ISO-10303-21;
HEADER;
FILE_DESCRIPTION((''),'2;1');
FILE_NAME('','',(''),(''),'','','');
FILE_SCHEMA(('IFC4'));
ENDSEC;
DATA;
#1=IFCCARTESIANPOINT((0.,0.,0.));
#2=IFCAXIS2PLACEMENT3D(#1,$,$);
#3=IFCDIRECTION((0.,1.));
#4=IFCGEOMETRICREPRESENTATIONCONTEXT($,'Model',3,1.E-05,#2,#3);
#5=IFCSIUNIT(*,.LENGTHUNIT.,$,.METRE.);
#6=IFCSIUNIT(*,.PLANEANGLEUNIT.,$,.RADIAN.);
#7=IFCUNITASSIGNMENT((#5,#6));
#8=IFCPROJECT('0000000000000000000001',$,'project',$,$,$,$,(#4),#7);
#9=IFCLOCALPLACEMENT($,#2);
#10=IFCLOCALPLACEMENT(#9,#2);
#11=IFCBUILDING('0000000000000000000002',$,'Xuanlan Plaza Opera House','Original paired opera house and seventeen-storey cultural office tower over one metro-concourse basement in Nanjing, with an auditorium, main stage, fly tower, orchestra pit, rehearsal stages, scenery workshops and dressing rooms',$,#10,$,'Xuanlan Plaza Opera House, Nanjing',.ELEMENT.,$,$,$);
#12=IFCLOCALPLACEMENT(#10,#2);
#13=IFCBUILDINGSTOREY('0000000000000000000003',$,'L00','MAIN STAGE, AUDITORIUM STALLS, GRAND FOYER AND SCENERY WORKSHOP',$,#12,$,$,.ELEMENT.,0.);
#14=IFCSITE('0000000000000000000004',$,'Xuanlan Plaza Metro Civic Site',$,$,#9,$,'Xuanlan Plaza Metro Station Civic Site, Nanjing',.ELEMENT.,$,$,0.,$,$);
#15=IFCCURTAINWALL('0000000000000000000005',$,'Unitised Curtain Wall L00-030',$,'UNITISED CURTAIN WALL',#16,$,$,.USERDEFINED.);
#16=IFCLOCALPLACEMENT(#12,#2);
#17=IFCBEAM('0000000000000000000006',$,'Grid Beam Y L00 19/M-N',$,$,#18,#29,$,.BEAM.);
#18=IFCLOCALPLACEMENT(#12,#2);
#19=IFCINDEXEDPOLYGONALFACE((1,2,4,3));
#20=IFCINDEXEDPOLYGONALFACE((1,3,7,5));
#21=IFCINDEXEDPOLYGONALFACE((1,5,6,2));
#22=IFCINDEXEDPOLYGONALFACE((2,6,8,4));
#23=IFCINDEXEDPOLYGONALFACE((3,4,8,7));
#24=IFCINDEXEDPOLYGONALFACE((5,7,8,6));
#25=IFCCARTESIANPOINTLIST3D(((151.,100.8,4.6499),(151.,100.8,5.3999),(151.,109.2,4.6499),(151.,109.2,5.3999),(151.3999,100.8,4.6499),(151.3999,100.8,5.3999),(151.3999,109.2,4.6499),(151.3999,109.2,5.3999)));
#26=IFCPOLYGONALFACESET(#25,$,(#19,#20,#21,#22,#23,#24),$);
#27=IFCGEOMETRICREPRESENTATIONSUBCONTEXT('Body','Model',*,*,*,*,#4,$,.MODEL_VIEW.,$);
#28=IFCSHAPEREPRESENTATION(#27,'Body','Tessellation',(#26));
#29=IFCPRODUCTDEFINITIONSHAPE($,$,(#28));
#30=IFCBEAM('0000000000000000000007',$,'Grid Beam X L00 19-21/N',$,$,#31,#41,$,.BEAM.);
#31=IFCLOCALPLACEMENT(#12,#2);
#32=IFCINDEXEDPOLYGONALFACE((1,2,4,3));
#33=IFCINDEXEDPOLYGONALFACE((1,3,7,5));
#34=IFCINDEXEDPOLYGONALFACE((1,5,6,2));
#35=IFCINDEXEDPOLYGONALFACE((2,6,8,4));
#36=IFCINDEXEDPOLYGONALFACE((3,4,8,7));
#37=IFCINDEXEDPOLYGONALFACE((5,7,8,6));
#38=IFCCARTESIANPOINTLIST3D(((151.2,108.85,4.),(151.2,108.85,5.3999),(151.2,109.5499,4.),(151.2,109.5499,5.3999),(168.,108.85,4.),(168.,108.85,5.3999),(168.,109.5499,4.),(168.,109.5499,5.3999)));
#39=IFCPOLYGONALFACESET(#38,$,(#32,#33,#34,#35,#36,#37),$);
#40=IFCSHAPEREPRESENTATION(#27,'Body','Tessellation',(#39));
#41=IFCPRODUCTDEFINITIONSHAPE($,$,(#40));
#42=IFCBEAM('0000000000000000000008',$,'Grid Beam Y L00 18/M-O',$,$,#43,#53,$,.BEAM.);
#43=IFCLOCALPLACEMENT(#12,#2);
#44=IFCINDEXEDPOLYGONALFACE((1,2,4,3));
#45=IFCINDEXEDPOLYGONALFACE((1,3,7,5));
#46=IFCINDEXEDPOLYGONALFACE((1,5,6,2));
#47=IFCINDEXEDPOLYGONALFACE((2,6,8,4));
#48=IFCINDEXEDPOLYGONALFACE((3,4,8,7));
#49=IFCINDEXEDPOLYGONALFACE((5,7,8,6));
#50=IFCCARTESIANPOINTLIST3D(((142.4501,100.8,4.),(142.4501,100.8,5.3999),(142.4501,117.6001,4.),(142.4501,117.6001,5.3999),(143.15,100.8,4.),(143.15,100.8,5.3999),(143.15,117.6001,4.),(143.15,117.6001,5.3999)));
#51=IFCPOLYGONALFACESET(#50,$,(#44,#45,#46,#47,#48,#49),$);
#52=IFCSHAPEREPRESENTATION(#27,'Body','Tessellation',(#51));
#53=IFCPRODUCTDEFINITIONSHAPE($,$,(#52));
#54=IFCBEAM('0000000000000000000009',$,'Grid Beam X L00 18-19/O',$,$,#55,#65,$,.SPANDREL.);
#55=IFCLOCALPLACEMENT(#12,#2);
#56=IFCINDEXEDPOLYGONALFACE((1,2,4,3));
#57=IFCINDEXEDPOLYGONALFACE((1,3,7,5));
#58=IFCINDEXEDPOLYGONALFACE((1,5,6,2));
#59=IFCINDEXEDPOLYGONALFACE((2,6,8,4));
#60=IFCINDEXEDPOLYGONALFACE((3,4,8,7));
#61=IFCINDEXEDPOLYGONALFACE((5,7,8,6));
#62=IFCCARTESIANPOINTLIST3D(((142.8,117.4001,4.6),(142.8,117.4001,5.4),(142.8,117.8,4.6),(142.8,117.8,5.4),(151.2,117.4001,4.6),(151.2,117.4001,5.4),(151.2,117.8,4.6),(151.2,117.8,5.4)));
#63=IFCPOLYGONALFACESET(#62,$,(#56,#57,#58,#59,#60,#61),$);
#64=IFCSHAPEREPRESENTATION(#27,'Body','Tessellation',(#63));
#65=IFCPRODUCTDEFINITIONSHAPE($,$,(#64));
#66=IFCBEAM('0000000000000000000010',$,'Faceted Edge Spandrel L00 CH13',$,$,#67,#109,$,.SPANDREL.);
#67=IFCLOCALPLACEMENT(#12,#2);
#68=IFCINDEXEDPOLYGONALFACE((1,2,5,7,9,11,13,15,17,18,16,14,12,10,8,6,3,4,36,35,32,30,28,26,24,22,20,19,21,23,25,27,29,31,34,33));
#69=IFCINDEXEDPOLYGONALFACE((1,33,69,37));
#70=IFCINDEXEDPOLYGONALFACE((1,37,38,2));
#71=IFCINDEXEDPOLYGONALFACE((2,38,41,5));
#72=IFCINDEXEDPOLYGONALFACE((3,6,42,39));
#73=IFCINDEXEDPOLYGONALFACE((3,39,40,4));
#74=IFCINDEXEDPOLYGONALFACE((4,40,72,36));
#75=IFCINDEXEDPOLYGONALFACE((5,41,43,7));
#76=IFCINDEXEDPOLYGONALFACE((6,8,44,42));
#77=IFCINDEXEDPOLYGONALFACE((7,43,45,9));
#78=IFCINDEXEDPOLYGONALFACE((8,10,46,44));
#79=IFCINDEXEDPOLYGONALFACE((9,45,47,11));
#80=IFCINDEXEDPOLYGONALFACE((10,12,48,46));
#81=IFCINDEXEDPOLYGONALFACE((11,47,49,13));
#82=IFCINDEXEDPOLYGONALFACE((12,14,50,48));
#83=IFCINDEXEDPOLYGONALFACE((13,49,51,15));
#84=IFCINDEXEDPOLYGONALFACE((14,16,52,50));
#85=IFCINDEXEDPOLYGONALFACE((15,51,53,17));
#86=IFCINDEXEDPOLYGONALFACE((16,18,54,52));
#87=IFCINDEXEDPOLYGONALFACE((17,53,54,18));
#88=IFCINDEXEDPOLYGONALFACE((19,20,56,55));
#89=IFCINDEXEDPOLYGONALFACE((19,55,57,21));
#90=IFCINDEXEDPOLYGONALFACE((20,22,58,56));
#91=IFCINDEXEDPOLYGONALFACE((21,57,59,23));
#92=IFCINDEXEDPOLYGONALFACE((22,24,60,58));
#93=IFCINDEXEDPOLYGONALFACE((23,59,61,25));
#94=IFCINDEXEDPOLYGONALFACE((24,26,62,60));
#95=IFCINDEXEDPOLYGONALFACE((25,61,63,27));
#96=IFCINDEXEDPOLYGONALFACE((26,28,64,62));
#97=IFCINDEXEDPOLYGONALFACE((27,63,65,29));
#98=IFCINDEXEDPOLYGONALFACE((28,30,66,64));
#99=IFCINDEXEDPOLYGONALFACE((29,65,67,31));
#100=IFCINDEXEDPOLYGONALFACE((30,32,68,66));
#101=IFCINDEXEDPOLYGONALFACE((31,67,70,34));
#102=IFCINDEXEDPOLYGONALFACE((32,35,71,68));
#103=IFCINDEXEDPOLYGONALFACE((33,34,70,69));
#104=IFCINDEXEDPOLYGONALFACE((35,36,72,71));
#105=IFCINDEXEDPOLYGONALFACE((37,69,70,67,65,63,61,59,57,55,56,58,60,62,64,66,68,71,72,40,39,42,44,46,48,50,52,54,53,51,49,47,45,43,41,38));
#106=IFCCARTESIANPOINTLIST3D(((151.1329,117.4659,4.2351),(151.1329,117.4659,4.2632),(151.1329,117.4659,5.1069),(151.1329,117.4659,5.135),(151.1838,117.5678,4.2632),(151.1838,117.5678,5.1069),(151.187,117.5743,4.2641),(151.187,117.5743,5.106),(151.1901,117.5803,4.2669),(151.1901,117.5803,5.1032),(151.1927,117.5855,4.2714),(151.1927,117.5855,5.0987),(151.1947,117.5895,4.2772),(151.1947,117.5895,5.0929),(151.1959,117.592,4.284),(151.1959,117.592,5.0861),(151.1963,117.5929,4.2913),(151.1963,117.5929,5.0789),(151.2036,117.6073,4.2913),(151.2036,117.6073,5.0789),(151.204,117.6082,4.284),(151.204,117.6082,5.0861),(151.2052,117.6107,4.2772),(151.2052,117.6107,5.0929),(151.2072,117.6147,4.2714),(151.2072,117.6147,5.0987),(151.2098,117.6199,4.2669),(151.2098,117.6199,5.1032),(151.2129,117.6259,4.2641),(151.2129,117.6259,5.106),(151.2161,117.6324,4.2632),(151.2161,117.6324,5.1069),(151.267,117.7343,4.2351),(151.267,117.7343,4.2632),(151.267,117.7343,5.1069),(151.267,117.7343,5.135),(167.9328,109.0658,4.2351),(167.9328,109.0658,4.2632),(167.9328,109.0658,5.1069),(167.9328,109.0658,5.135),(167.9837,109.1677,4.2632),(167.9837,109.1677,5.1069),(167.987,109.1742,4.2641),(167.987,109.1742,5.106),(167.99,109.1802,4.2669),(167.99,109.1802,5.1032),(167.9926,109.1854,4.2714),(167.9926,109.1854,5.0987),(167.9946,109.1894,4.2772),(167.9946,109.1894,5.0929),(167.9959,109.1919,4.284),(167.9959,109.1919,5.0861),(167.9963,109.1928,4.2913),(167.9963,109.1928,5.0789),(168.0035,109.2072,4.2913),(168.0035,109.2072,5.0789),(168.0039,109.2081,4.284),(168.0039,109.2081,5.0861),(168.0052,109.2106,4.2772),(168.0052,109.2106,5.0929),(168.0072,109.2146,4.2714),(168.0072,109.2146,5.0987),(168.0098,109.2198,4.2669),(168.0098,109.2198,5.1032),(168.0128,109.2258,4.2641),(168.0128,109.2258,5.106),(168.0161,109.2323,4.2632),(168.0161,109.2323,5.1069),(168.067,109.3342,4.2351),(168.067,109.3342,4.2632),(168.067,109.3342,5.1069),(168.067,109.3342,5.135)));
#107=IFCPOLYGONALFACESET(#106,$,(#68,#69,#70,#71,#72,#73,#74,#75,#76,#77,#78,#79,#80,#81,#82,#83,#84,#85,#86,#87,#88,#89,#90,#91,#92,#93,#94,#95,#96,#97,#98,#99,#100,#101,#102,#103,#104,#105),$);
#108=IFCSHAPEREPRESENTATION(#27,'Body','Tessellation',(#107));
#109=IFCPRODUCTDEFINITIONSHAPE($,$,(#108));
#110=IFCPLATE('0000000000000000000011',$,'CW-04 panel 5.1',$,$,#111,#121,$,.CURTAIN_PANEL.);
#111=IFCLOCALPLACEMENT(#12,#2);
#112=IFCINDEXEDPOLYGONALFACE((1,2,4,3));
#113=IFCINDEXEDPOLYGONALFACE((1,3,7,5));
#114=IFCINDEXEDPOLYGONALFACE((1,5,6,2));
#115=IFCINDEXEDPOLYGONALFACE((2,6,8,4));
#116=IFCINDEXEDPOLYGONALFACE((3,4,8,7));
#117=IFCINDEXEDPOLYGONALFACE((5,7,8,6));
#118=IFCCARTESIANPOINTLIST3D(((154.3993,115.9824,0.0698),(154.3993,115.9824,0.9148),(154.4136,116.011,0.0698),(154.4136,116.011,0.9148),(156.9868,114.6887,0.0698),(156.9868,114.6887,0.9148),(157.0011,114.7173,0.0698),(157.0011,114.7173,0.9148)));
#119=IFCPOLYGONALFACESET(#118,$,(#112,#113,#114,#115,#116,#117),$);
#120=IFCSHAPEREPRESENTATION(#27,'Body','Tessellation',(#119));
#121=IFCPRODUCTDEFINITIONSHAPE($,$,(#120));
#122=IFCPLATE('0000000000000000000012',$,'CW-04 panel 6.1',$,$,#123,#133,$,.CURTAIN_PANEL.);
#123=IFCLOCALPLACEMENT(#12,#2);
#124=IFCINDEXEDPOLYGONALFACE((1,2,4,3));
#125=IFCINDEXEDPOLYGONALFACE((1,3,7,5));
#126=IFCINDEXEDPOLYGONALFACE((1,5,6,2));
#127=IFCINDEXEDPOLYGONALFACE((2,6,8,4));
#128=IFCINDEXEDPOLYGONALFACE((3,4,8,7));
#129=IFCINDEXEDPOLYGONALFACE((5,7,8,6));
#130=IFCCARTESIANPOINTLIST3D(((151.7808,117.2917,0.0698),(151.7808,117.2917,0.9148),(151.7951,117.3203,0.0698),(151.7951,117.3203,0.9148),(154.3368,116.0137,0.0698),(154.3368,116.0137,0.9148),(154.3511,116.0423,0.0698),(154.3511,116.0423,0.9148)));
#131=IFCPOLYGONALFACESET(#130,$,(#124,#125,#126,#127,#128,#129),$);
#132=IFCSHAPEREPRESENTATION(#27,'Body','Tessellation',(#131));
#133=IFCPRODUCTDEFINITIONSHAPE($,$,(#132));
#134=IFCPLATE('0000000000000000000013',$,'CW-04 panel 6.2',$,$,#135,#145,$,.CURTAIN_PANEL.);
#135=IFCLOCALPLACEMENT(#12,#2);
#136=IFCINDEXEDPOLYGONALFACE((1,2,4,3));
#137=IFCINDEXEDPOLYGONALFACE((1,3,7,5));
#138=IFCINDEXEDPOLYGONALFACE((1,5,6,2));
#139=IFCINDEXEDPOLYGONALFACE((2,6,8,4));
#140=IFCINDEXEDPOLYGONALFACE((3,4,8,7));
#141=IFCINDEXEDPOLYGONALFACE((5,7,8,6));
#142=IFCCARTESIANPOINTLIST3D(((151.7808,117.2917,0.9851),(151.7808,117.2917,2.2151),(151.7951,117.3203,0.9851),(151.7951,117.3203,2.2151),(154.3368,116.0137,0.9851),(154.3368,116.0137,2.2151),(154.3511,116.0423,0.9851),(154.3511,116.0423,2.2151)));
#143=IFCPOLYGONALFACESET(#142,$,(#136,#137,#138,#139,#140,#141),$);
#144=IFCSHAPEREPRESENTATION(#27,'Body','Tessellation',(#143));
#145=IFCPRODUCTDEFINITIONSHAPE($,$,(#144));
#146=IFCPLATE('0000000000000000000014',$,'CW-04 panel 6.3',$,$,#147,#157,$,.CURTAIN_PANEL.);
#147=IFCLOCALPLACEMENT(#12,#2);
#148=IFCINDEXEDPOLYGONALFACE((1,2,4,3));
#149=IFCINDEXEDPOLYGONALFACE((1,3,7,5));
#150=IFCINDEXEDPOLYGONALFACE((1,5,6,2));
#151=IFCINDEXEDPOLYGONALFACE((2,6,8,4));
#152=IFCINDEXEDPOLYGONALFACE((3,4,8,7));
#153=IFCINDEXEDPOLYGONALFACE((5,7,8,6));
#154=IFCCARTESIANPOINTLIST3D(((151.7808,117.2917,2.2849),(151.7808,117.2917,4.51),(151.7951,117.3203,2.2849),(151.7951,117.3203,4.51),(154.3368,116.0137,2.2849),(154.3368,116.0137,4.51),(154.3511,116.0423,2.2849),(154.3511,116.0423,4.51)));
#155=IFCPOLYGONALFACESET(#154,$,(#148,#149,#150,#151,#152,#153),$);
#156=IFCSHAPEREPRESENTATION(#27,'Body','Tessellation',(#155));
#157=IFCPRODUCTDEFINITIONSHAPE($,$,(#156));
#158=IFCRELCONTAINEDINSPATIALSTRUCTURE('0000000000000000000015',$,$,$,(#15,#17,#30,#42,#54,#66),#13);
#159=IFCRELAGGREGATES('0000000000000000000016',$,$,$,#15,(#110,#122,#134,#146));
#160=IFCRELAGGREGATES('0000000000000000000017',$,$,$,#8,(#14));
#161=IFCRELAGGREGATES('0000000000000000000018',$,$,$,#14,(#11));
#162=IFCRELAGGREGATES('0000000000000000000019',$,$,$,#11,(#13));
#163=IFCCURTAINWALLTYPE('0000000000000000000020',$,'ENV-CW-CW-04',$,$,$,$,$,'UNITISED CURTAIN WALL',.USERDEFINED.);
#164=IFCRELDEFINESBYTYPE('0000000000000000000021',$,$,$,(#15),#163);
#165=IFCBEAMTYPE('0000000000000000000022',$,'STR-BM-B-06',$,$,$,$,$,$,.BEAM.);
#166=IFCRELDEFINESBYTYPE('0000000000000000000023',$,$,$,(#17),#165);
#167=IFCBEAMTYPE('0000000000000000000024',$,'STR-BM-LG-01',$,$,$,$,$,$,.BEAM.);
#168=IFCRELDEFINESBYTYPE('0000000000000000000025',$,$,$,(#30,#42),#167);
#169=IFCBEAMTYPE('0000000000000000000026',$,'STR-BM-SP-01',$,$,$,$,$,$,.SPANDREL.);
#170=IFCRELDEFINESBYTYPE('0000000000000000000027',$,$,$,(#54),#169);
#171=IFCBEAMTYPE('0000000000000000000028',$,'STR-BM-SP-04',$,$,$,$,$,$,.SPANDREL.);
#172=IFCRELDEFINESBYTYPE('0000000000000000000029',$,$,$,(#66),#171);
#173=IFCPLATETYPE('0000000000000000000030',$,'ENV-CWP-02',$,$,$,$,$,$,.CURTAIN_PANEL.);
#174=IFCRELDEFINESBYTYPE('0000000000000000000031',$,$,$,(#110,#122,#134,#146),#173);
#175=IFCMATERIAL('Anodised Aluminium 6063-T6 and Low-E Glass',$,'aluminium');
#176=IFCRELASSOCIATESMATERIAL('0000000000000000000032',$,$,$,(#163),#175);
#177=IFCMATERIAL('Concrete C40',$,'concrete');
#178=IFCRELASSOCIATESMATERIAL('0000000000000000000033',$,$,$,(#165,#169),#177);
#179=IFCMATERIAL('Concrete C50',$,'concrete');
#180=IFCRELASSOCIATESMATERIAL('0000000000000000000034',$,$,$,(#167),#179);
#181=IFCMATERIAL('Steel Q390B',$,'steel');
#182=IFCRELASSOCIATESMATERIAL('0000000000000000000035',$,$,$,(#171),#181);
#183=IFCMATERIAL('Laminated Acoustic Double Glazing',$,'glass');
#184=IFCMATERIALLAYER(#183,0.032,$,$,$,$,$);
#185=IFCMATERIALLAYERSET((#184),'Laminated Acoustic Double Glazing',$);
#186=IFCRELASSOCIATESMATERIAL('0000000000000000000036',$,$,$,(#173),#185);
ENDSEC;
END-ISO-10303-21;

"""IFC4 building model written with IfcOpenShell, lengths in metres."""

from ifc_helpers import new_model, si_unit, direction, frame, origin, origin_2d, place, context, subcontext, project, spatial, rectangle, i_section, extrude, material, layer, layer_set, material_profile, profile_set, type_object, element, aggregate, save


model = new_model("IFC4")

# Units and contexts
model_context = context("Model", 3, precision=1e-05, world=origin(), true_north=direction((0.0, 1.0)))
body_context = subcontext(model_context, "Body", "Model", "MODEL_VIEW")
ifc_project = project(units=[si_unit("LENGTHUNIT", "METRE"), si_unit("PLANEANGLEUNIT", "RADIAN")], contexts=[model_context])

# Site, building, storey
site_placement = place(None, origin())
site = spatial("IfcSite", under=ifc_project, at=site_placement, Name="Xuanlan Plaza Metro Civic Site", LongName="Xuanlan Plaza Metro Station Civic Site, Nanjing", CompositionType="ELEMENT", RefElevation=0.0)
building_placement = place(site_placement, origin())
building = spatial("IfcBuilding", under=site, at=building_placement, Name="Xuanlan Plaza Opera House", Description="Original paired opera house and seventeen-storey cultural office tower over one metro-concourse basement in Nanjing, with an auditorium, main stage, fly tower, orchestra pit, rehearsal stages, scenery workshops and dressing rooms", LongName="Xuanlan Plaza Opera House, Nanjing", CompositionType="ELEMENT")
storey_placement = place(building_placement, origin())
storey = spatial("IfcBuildingStorey", under=building, at=storey_placement, Name="L00", Description="MAIN STAGE, AUDITORIUM STALLS, GRAND FOYER AND SCENERY WORKSHOP", CompositionType="ELEMENT", Elevation=0.0)

# Shared definitions
ifc_material_1 = material(Name="Concrete C40", Category="concrete")

# Curtain wall
ifc_material_2 = material(Name="Anodised Aluminium 6063-T6 and Low-E Glass", Category="aluminium")
curtain_wall_type = type_object("IfcCurtainWallType", Name="ENV-CW-CW-04", ElementType="UNITISED CURTAIN WALL", PredefinedType="USERDEFINED", material=ifc_material_2)
curtain_wall_placement = place(storey_placement, origin())
curtain_wall = element("IfcCurtainWall", 1, at=curtain_wall_placement, inside=storey, type_object=curtain_wall_type, Name="Unitised Curtain Wall L00-030", ObjectType="UNITISED CURTAIN WALL", PredefinedType="USERDEFINED")

# Beams
ifc_material_3 = material(Name="Concrete C50", Category="concrete")
ifc_material_profile_1 = material_profile(ifc_material_1, rectangle(XDim=0.3999, YDim=0.75, at=origin_2d()), Name="RC-BM 400x750")
ifc_profile_set_1 = profile_set([ifc_material_profile_1], Name="Concrete C40")
beam_type_1 = type_object("IfcBeamType", Name="STR-BM-B-06", PredefinedType="BEAM", material=ifc_profile_set_1)
beam_1_placement = place(storey_placement, frame((151.2, 100.8, 5.0249), z_axis=(0.0, 1.0, 0.0), x_axis=(-1.0, 0.0, 0.0)))
element("IfcBeam", 2, at=beam_1_placement, inside=storey, type_object=beam_type_1, Name="Grid Beam Y L00 19/M-N", PredefinedType="BEAM", context=body_context, shape_type="SweptSolid", body=[
    extrude(rectangle(XDim=0.3999, YDim=0.75, at=origin_2d()), origin(), (0.0, 0.0, 1.0), 8.3999),
])
ifc_material_profile_2 = material_profile(ifc_material_3, rectangle(XDim=0.7, YDim=1.3999, at=origin_2d()), Name="RC-LG 700x1400")
ifc_profile_set_2 = profile_set([ifc_material_profile_2], Name="Concrete C50")
beam_type_2 = type_object("IfcBeamType", Name="STR-BM-LG-01", PredefinedType="BEAM", material=ifc_profile_set_2)
for number, where, z_axis, x_axis, name in (
    (3, (151.2, 109.2, 4.7), (1.0, 0.0, 0.0), (0.0, 1.0, 0.0), "Grid Beam X L00 19-21/N"),
    (4, (142.8, 100.8, 4.7), (0.0, 1.0, 0.0), (-1.0, 0.0, 0.0), "Grid Beam Y L00 18/M-O"),
):
    element("IfcBeam", number, at=place(storey_placement, frame(where, z_axis=z_axis, x_axis=x_axis)), inside=storey, type_object=beam_type_2, Name=name, PredefinedType="BEAM", context=body_context, shape_type="SweptSolid", body=[
        extrude(rectangle(XDim=0.7, YDim=1.3999, at=origin_2d()), origin(), (0.0, 0.0, 1.0), 16.8),
    ])
ifc_material_profile_3 = material_profile(ifc_material_1, rectangle(XDim=0.3999, YDim=0.8, at=origin_2d()), Name="RC-SPD 400x800")
ifc_profile_set_3 = profile_set([ifc_material_profile_3], Name="Concrete C40")
beam_type_3 = type_object("IfcBeamType", Name="STR-BM-SP-01", PredefinedType="SPANDREL", material=ifc_profile_set_3)
beam_2_placement = place(storey_placement, frame((142.8, 117.6001, 5.0), z_axis=(1.0, 0.0, 0.0), x_axis=(0.0, 1.0, 0.0)))
element("IfcBeam", 5, at=beam_2_placement, inside=storey, type_object=beam_type_3, Name="Grid Beam X L00 18-19/O", PredefinedType="SPANDREL", context=body_context, shape_type="SweptSolid", body=[
    extrude(rectangle(XDim=0.3999, YDim=0.8, at=origin_2d()), origin(), (0.0, 0.0, 1.0), 8.3999),
])
ifc_material_4 = material(Name="Steel Q390B", Category="steel")
ifc_material_profile_4 = material_profile(ifc_material_4, i_section(OverallWidth=0.3, OverallDepth=0.8999, WebThickness=0.0161, FlangeThickness=0.0281, FilletRadius=0.0281, at=origin_2d()), Name="HN 900x300x16x28")
ifc_profile_set_4 = profile_set([ifc_material_profile_4], Name="Steel Q390B")
beam_type_4 = type_object("IfcBeamType", Name="STR-BM-SP-04", PredefinedType="SPANDREL", material=ifc_profile_set_4)
beam_3_placement = place(storey_placement, frame((151.2, 117.6001, 4.6851), z_axis=(0.894425, -0.447219, 0.0), x_axis=(0.447219, 0.894425, 0.0)))
element("IfcBeam", 6, at=beam_3_placement, inside=storey, type_object=beam_type_4, Name="Faceted Edge Spandrel L00 CH13", PredefinedType="SPANDREL", context=body_context, shape_type="SweptSolid", body=[
    extrude(i_section(OverallWidth=0.3, OverallDepth=0.8999, WebThickness=0.0161, FlangeThickness=0.0281, FilletRadius=0.0281, at=origin_2d()), origin(), (0.0, 0.0, 1.0), 18.783),
])

# Plates
ifc_material_5 = material(Name="Laminated Acoustic Double Glazing", Category="glass")
ifc_layer_1 = layer(ifc_material_5, 0.032)
ifc_layer_set_1 = layer_set([ifc_layer_1], Name="Laminated Acoustic Double Glazing")
plate_type = type_object("IfcPlateType", Name="ENV-CWP-02", PredefinedType="CURTAIN_PANEL", material=ifc_layer_set_1)
plate_1_placement = place(storey_placement, frame((155.7002, 115.3499, 0.0698), z_axis=(0.0, 0.0, 1.0), x_axis=(-0.894427, 0.447214, 0.0)))
plate_1 = element("IfcPlate", 7, at=plate_1_placement, type_object=plate_type, Name="CW-04 panel 5.1", PredefinedType="CURTAIN_PANEL", context=body_context, shape_type="SweptSolid", body=[
    extrude(rectangle(XDim=2.8928, YDim=0.032, at=origin_2d()), origin(), (0.0, 0.0, 1.0), 0.845),
])
plate_2_placement = place(storey_placement, frame((153.0659, 116.667, 0.0698), z_axis=(0.0, 0.0, 1.0), x_axis=(-0.894427, 0.447214, 0.0)))
plate_2 = element("IfcPlate", 8, at=plate_2_placement, type_object=plate_type, Name="CW-04 panel 6.1", PredefinedType="CURTAIN_PANEL", context=body_context, shape_type="SweptSolid", body=[
    extrude(rectangle(XDim=2.8577, YDim=0.032, at=origin_2d()), origin(), (0.0, 0.0, 1.0), 0.845),
])
plate_3_placement = place(storey_placement, frame((153.0659, 116.667, 0.9851), z_axis=(0.0, 0.0, 1.0), x_axis=(-0.894427, 0.447214, 0.0)))
plate_3 = element("IfcPlate", 9, at=plate_3_placement, type_object=plate_type, Name="CW-04 panel 6.2", PredefinedType="CURTAIN_PANEL", context=body_context, shape_type="SweptSolid", body=[
    extrude(rectangle(XDim=2.8577, YDim=0.032, at=origin_2d()), origin(), (0.0, 0.0, 1.0), 1.23),
])
plate_4_placement = place(storey_placement, frame((153.0659, 116.667, 2.2849), z_axis=(0.0, 0.0, 1.0), x_axis=(-0.894427, 0.447214, 0.0)))
plate_4 = element("IfcPlate", 10, at=plate_4_placement, type_object=plate_type, Name="CW-04 panel 6.3", PredefinedType="CURTAIN_PANEL", context=body_context, shape_type="SweptSolid", body=[
    extrude(rectangle(XDim=2.8577, YDim=0.032, at=origin_2d()), origin(), (0.0, 0.0, 1.0), 2.2251),
])
aggregate(curtain_wall, [plate_1, plate_2, plate_3, plate_4])

save(model, "model.ifc")
